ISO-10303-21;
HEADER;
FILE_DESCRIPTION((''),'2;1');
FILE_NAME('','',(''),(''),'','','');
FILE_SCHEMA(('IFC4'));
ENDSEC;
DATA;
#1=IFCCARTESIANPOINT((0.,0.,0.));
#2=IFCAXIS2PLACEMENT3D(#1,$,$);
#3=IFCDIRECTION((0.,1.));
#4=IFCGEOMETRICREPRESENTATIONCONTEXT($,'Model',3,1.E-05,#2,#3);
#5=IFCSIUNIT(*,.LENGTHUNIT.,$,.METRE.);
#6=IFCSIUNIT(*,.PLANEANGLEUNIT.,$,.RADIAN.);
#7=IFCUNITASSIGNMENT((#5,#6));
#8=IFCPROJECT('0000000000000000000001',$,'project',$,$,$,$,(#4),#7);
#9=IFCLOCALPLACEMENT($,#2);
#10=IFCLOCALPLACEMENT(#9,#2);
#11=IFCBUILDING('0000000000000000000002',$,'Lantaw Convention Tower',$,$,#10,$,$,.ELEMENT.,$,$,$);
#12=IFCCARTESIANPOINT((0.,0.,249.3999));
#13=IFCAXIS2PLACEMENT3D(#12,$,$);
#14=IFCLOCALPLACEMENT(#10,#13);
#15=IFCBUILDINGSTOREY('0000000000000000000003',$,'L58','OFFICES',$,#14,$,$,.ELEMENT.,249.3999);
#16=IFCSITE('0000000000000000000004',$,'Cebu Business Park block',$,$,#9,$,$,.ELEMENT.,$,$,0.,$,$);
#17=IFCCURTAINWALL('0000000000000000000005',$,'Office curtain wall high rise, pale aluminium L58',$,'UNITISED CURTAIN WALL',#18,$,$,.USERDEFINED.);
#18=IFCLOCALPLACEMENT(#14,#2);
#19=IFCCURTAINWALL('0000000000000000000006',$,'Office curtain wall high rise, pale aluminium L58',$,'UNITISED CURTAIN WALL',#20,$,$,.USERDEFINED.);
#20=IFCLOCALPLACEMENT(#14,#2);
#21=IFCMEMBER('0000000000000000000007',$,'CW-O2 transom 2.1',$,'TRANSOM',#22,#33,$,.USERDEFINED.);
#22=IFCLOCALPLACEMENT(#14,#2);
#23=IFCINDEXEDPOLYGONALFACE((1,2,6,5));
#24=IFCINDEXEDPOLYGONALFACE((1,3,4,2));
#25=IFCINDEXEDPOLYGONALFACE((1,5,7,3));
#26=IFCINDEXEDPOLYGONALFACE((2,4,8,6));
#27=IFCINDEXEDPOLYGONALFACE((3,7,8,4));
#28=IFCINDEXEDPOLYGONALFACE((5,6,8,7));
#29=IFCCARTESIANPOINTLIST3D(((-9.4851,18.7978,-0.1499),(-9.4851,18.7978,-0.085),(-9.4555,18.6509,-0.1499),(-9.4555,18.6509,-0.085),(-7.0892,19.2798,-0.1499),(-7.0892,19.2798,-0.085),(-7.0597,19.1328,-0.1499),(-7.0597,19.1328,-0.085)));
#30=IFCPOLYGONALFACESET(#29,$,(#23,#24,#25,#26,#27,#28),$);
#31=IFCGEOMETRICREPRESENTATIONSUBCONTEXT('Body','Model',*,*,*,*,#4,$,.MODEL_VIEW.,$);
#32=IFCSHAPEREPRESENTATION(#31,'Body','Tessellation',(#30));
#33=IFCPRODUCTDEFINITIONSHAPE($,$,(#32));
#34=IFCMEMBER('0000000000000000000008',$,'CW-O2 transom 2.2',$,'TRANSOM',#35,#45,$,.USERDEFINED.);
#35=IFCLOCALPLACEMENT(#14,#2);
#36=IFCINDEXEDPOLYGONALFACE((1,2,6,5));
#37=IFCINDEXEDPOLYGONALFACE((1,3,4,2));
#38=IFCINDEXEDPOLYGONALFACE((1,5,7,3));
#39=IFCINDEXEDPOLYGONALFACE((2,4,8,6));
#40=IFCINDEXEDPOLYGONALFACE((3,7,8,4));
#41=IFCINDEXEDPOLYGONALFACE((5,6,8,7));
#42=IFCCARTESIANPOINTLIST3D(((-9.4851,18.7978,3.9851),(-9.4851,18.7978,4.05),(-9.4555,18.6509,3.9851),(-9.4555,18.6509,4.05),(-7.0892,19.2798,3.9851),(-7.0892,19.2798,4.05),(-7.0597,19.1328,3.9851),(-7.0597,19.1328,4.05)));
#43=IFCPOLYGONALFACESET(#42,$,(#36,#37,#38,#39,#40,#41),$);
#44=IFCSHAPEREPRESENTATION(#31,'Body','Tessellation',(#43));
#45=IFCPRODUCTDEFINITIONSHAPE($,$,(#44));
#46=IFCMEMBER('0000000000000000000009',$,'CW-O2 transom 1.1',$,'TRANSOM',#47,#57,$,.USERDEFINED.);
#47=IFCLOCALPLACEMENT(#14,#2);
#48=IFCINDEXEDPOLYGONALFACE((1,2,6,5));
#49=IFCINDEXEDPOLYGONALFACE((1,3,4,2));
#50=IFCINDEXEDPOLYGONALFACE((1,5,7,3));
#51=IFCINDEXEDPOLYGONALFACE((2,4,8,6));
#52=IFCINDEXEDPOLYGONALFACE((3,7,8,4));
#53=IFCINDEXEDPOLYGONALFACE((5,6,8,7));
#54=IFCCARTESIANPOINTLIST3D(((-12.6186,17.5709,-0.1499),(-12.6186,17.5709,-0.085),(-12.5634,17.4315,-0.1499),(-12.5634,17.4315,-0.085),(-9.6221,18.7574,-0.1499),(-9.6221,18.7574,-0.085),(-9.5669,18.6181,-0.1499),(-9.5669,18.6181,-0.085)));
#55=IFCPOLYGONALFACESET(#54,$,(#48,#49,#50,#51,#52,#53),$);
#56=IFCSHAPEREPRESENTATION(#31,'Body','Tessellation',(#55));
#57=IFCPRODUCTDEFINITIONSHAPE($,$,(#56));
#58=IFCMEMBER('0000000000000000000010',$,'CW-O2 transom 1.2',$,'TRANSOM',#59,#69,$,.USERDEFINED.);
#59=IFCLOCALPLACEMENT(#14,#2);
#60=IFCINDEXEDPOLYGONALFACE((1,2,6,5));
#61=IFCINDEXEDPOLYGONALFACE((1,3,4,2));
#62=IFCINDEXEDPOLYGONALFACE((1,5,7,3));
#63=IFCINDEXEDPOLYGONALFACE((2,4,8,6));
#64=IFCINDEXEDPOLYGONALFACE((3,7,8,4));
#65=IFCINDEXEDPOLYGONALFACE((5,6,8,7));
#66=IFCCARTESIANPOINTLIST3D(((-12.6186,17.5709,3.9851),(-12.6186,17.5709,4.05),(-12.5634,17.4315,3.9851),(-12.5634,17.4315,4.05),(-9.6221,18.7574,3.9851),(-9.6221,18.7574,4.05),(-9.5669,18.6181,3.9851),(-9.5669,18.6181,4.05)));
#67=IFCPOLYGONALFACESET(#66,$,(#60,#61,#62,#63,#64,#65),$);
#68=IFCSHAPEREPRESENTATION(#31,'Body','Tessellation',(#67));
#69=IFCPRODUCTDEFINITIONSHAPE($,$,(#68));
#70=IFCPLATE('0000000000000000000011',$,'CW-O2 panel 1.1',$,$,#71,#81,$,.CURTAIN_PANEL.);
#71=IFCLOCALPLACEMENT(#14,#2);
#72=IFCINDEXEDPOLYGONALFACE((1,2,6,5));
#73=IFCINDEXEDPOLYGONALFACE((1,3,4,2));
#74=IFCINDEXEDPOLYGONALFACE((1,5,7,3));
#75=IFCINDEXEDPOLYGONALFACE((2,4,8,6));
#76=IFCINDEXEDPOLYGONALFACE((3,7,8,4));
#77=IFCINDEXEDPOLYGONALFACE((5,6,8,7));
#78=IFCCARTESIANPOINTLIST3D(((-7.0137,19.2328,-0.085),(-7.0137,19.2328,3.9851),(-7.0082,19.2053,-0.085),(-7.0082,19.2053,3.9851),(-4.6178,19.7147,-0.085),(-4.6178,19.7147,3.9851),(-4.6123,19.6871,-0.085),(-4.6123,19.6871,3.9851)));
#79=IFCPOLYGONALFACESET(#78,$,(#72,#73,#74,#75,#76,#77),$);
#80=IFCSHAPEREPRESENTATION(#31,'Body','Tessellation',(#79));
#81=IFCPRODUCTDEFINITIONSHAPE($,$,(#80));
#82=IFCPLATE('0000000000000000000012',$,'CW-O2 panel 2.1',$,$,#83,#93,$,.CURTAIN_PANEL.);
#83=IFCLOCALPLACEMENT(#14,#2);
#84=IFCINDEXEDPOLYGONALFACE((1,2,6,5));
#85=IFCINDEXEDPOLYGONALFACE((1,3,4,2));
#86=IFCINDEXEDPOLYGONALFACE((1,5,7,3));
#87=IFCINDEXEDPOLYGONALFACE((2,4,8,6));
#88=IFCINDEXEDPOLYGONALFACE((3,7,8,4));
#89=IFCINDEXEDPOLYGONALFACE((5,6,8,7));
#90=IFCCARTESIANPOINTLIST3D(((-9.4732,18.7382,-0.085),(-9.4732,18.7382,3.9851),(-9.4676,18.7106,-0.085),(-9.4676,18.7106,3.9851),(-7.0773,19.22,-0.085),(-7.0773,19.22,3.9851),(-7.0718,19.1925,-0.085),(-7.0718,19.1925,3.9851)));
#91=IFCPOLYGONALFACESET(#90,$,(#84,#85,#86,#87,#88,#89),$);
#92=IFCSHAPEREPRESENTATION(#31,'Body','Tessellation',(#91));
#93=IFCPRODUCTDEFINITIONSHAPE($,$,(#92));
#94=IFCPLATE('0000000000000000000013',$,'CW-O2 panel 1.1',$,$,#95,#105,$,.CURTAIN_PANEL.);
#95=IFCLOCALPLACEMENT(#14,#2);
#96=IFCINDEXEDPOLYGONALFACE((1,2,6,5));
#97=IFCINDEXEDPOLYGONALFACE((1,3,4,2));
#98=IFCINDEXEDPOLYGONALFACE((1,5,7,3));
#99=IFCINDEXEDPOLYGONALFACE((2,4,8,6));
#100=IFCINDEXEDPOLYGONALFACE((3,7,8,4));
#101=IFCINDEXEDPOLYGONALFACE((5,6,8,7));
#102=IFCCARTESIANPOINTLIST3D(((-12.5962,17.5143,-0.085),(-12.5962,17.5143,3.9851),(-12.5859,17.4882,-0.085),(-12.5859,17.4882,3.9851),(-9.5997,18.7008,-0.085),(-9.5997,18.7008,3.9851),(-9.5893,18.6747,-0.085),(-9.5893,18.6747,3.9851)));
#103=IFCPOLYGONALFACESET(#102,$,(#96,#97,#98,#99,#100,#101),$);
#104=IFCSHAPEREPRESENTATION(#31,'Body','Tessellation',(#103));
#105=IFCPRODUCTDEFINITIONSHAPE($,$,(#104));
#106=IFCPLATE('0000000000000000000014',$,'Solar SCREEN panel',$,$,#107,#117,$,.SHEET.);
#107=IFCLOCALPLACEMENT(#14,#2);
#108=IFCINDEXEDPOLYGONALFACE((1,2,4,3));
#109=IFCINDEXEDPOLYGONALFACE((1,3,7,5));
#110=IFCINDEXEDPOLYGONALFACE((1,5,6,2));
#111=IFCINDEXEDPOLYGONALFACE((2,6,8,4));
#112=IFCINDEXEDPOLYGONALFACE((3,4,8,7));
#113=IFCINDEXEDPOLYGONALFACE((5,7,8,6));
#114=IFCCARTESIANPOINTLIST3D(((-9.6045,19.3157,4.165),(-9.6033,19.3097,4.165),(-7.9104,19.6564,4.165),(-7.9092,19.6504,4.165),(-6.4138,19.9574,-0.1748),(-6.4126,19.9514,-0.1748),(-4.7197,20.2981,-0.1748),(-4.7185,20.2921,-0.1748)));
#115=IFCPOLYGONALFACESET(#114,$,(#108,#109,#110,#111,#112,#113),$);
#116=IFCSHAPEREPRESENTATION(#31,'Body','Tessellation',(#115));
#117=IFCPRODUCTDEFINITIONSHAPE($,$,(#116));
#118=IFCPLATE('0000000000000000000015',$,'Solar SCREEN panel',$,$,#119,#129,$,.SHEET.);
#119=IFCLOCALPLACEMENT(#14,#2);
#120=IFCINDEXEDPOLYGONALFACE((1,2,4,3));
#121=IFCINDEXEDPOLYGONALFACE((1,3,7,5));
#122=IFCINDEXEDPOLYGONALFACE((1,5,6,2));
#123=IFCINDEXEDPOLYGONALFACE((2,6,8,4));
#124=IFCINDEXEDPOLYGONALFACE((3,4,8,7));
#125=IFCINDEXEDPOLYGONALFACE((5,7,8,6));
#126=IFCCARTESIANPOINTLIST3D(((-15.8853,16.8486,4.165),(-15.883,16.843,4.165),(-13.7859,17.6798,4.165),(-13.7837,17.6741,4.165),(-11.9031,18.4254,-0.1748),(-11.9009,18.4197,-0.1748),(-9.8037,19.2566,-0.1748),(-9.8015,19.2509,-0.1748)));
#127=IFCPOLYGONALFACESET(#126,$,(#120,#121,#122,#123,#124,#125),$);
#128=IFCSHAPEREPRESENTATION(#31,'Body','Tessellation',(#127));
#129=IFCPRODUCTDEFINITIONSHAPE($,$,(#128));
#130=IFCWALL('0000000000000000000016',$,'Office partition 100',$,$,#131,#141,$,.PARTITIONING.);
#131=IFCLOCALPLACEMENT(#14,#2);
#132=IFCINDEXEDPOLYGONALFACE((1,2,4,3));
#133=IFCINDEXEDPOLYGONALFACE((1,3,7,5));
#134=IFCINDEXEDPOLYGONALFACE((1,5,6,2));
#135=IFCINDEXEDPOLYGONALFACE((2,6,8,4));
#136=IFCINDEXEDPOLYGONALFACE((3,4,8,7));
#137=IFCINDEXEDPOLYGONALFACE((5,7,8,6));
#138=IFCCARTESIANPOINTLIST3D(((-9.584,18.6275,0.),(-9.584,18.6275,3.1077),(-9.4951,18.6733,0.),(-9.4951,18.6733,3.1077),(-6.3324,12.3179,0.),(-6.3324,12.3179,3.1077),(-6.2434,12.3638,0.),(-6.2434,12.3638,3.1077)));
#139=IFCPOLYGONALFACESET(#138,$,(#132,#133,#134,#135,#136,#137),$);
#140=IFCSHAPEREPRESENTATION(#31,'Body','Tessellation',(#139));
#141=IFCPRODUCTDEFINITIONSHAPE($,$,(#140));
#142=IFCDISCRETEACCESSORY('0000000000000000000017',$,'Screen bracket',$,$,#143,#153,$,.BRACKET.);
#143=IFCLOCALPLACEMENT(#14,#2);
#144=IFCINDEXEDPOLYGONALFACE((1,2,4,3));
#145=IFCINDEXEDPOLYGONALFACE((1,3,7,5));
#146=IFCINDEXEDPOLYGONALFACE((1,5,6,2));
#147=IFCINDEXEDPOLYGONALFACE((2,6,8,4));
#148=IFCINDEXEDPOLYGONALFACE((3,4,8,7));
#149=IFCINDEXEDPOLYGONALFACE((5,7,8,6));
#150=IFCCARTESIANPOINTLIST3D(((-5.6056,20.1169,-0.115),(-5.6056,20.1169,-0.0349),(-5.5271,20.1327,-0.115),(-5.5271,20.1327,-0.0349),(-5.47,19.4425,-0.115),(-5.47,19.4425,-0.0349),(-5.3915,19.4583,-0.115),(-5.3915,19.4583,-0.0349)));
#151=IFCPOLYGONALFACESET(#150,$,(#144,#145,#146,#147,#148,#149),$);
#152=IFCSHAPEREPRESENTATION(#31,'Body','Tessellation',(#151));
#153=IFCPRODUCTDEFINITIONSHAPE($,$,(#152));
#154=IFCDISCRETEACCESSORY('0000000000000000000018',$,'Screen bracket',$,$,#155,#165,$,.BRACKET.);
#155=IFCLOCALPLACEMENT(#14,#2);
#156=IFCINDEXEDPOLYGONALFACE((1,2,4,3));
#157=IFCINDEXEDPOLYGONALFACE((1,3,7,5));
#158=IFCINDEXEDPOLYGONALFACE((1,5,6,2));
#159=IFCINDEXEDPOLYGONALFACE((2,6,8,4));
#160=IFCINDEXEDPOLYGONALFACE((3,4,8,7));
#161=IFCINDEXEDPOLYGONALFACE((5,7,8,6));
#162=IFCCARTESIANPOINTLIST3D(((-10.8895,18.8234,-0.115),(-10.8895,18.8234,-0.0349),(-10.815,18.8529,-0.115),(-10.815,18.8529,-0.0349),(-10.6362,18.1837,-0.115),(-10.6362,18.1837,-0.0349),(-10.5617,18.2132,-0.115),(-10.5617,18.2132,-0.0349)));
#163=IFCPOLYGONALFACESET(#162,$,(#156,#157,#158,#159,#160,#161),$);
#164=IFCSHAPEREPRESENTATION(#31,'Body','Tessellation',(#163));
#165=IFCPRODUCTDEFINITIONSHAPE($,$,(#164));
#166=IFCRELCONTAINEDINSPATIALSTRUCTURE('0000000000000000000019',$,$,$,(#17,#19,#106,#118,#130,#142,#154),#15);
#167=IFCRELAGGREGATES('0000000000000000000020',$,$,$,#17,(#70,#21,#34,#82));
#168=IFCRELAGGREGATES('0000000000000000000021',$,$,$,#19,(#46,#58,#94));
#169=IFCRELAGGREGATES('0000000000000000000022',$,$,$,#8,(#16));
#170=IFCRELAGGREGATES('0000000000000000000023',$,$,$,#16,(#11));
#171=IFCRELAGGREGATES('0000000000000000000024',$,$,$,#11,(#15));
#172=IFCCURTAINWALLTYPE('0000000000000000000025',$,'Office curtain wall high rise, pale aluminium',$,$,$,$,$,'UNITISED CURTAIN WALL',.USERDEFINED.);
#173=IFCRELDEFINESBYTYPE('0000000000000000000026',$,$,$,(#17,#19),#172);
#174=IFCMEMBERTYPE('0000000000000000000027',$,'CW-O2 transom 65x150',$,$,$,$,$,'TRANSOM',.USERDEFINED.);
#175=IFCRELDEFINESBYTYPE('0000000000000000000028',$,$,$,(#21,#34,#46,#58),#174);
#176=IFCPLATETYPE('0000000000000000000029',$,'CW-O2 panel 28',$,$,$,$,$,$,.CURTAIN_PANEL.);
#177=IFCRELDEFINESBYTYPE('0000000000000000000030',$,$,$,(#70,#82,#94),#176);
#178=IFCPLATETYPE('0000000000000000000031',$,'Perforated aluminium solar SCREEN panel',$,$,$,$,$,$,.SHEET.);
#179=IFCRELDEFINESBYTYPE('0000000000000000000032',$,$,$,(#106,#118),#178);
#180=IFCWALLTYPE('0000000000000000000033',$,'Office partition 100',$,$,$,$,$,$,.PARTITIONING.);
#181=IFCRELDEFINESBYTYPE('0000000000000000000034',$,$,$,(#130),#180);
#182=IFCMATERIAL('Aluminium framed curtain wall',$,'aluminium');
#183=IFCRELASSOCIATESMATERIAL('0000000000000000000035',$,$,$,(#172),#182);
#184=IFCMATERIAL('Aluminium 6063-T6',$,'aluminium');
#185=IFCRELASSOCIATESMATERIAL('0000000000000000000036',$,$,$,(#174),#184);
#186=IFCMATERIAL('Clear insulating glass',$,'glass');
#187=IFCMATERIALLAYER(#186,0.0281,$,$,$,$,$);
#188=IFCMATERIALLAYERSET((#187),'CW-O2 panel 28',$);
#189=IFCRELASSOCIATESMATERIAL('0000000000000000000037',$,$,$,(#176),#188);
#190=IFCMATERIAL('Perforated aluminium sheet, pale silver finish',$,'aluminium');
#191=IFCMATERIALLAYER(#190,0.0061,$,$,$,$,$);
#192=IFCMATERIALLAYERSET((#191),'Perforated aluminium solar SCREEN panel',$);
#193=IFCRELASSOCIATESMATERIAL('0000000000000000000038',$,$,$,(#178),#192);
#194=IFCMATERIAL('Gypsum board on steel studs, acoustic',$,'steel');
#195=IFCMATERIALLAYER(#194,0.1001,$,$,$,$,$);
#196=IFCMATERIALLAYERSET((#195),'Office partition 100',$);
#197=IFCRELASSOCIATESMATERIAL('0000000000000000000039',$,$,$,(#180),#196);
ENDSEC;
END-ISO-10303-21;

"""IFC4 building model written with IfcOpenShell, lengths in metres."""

from ifc_helpers import new_model, si_unit, direction, frame, frame_2d, origin, origin_2d, place, context, subcontext, project, spatial, polyline, rectangle, outline, extrude, material, layer, layer_set, material_profile, profile_set, type_object, element, aggregate, save


model = new_model("IFC4")

# Units and contexts
model_context = context("Model", 3, precision=1e-05, world=origin(), true_north=direction((0.0, 1.0)))
body_context = subcontext(model_context, "Body", "Model", "MODEL_VIEW")
ifc_project = project(units=[si_unit("LENGTHUNIT", "METRE"), si_unit("PLANEANGLEUNIT", "RADIAN")], contexts=[model_context])

# Site, building, storey
site_placement = place(None, origin())
site = spatial("IfcSite", under=ifc_project, at=site_placement, Name="Cebu Business Park block", CompositionType="ELEMENT", RefElevation=0.0)
building_placement = place(site_placement, origin())
building = spatial("IfcBuilding", under=site, at=building_placement, Name="Lantaw Convention Tower", CompositionType="ELEMENT")
storey_placement = place(building_placement, frame((0.0, 0.0, 249.3999)))
storey = spatial("IfcBuildingStorey", under=building, at=storey_placement, Name="L58", Description="OFFICES", CompositionType="ELEMENT", Elevation=249.3999)

# Curtain wall
ifc_material_1 = material(Name="Aluminium framed curtain wall", Category="aluminium")
curtain_wall_type = type_object("IfcCurtainWallType", Name="Office curtain wall high rise, pale aluminium", ElementType="UNITISED CURTAIN WALL", PredefinedType="USERDEFINED", material=ifc_material_1)
curtain_wall_1_placement = place(storey_placement, origin())
curtain_wall_1 = element("IfcCurtainWall", 1, at=curtain_wall_1_placement, inside=storey, type_object=curtain_wall_type, Name="Office curtain wall high rise, pale aluminium L58", ObjectType="UNITISED CURTAIN WALL", PredefinedType="USERDEFINED")
ifc_material_2 = material(Name="Aluminium 6063-T6", Category="aluminium")

# Curtain wall
curtain_wall_2_placement = place(storey_placement, origin())
curtain_wall_2 = element("IfcCurtainWall", 2, at=curtain_wall_2_placement, inside=storey, type_object=curtain_wall_type, Name="Office curtain wall high rise, pale aluminium L58", ObjectType="UNITISED CURTAIN WALL", PredefinedType="USERDEFINED")

# Members
ifc_material_profile_1 = material_profile(ifc_material_2, rectangle(XDim=0.1499, YDim=0.0649, at=origin_2d()), Name="CW-O2 transom 65x150")
ifc_profile_set_1 = profile_set([ifc_material_profile_1], Name="Aluminium 6063-T6")
member_type_1 = type_object("IfcMemberType", Name="CW-O2 transom 65x150", ElementType="TRANSOM", PredefinedType="USERDEFINED", material=ifc_profile_set_1)
member_1_placement = place(storey_placement, frame((-7.0745, 19.2063, -0.1174), z_axis=(-0.980361, -0.197211, 0.0), x_axis=(0.197211, -0.980361, 0.0)))
member_1 = element("IfcMember", 3, at=member_1_placement, type_object=member_type_1, Name="CW-O2 transom 2.1", ObjectType="TRANSOM", PredefinedType="USERDEFINED", context=body_context, shape_type="SweptSolid", body=[
    extrude(rectangle(XDim=0.1499, YDim=0.0649, at=origin_2d()), origin(), (0.0, 0.0, 1.0), 2.4438),
])
member_2_placement = place(storey_placement, frame((-7.0745, 19.2063, 4.0176), z_axis=(-0.980361, -0.197211, 0.0), x_axis=(0.197211, -0.980361, 0.0)))
member_2 = element("IfcMember", 4, at=member_2_placement, type_object=member_type_1, Name="CW-O2 transom 2.2", ObjectType="TRANSOM", PredefinedType="USERDEFINED", context=body_context, shape_type="SweptSolid", body=[
    extrude(rectangle(XDim=0.1499, YDim=0.0649, at=origin_2d()), origin(), (0.0, 0.0, 1.0), 2.4438),
])
member_3_placement = place(storey_placement, frame((-9.5945, 18.6877, -0.1174), z_axis=(-0.929767, -0.368149, 0.0), x_axis=(0.368149, -0.929767, 0.0)))
member_3 = element("IfcMember", 5, at=member_3_placement, type_object=member_type_1, Name="CW-O2 transom 1.1", ObjectType="TRANSOM", PredefinedType="USERDEFINED", context=body_context, shape_type="SweptSolid", body=[
    extrude(rectangle(XDim=0.1499, YDim=0.0649, at=origin_2d()), origin(), (0.0, 0.0, 1.0), 3.2229),
])
member_4_placement = place(storey_placement, frame((-9.5945, 18.6877, 4.0176), z_axis=(-0.929767, -0.368149, 0.0), x_axis=(0.368149, -0.929767, 0.0)))
member_4 = element("IfcMember", 6, at=member_4_placement, type_object=member_type_1, Name="CW-O2 transom 1.2", ObjectType="TRANSOM", PredefinedType="USERDEFINED", context=body_context, shape_type="SweptSolid", body=[
    extrude(rectangle(XDim=0.1499, YDim=0.0649, at=origin_2d()), origin(), (0.0, 0.0, 1.0), 3.2229),
])

# Plates
ifc_material_3 = material(Name="Clear insulating glass", Category="glass")
ifc_layer_1 = layer(ifc_material_3, 0.0281)
ifc_layer_set_1 = layer_set([ifc_layer_1], Name="CW-O2 panel 28")
plate_type_1 = type_object("IfcPlateType", Name="CW-O2 panel 28", PredefinedType="CURTAIN_PANEL", material=ifc_layer_set_1)
plate_1_placement = place(storey_placement, frame((-5.813, 19.46, -0.085), z_axis=(0.0, 0.0, 1.0), x_axis=(-0.980367, -0.197183, 0.0)))
plate_1 = element("IfcPlate", 7, at=plate_1_placement, type_object=plate_type_1, Name="CW-O2 panel 1.1", PredefinedType="CURTAIN_PANEL", context=body_context, shape_type="SweptSolid", body=[
    extrude(rectangle(XDim=2.4438, YDim=0.0281, at=origin_2d()), origin(), (0.0, 0.0, 1.0), 4.0701),
])
plate_2_placement = place(storey_placement, frame((-8.2725, 18.9653, -0.085), z_axis=(0.0, 0.0, 1.0), x_axis=(-0.980367, -0.197183, 0.0)))
plate_2 = element("IfcPlate", 8, at=plate_2_placement, type_object=plate_type_1, Name="CW-O2 panel 2.1", PredefinedType="CURTAIN_PANEL", context=body_context, shape_type="SweptSolid", body=[
    extrude(rectangle(XDim=2.4438, YDim=0.0281, at=origin_2d()), origin(), (0.0, 0.0, 1.0), 4.0701),
])
aggregate(curtain_wall_1, [plate_1, member_1, member_2, plate_2])
plate_3_placement = place(storey_placement, frame((-11.0928, 18.0945, -0.085), z_axis=(0.0, 0.0, 1.0), x_axis=(-0.929762, -0.368162, 0.0)))
plate_3 = element("IfcPlate", 9, at=plate_3_placement, type_object=plate_type_1, Name="CW-O2 panel 1.1", PredefinedType="CURTAIN_PANEL", context=body_context, shape_type="SweptSolid", body=[
    extrude(rectangle(XDim=3.2229, YDim=0.0281, at=origin_2d()), origin(), (0.0, 0.0, 1.0), 4.0701),
])
aggregate(curtain_wall_2, [member_3, member_4, plate_3])

# Plates
ifc_material_4 = material(Name="Perforated aluminium sheet, pale silver finish", Category="aluminium")
ifc_layer_2 = layer(ifc_material_4, 0.0061)
ifc_layer_set_2 = layer_set([ifc_layer_2], Name="Perforated aluminium solar SCREEN panel")
plate_type_2 = type_object("IfcPlateType", Name="Perforated aluminium solar SCREEN panel", PredefinedType="SHEET", material=ifc_layer_set_2)
plate_4_placement = place(storey_placement, frame((-4.7197, 20.2981, -0.1748), z_axis=(-0.197162, 0.980371, 0.000011), x_axis=(-0.980371, -0.197162, 0.0)))
element("IfcPlate", 10, at=plate_4_placement, inside=storey, type_object=plate_type_2, Name="Solar SCREEN panel", PredefinedType="SHEET", context=body_context, shape_type="SweptSolid", body=[
    extrude(outline(polyline([(0.0, 0.0), (1.728, 0.0), (4.9826, 4.3398), (3.2546, 4.3398), (0.0, 0.0)])), origin(), (0.0, 0.0, -1.0), 0.0061),
])
plate_5_placement = place(storey_placement, frame((-9.8037, 19.2566, -0.1748), z_axis=(-0.368117, 0.92978, 0.000036), x_axis=(-0.92978, -0.368117, 0.0)))
element("IfcPlate", 11, at=plate_5_placement, inside=storey, type_object=plate_type_2, Name="Solar SCREEN panel", PredefinedType="SHEET", context=body_context, shape_type="SweptSolid", body=[
    extrude(outline(polyline([(0.0, 0.0), (2.258, 0.0), (6.5409, 4.3398), (4.283, 4.3398), (0.0, 0.0)])), origin(), (0.0, 0.0, -1.0), 0.0061),
])

# Wall
ifc_material_5 = material(Name="Gypsum board on steel studs, acoustic", Category="steel")
ifc_layer_3 = layer(ifc_material_5, 0.1001)
ifc_layer_set_3 = layer_set([ifc_layer_3], Name="Office partition 100")
wall_type = type_object("IfcWallType", Name="Office partition 100", PredefinedType="PARTITIONING", material=ifc_layer_set_3)
wall_placement = place(storey_placement, frame((-9.5396, 18.6504, 0.0), z_axis=(0.0, 0.0, 1.0), x_axis=(0.458104, -0.888899, 0.0)))
element("IfcWall", 12, at=wall_placement, inside=storey, type_object=wall_type, Name="Office partition 100", PredefinedType="PARTITIONING", context=body_context, shape_type="SweptSolid", body=[
    extrude(rectangle(XDim=7.0981, YDim=0.1001, at=frame_2d((3.5491, 0.0))), origin(), (0.0, 0.0, 1.0), 3.1077),
])

# Discrete accessories
for number, where, z_axis, x_axis, name in (
    (13, (-5.4985, 19.7876, -0.115), (0.0, 0.0, 1.0), (-0.980367, -0.197183, 0.0), "Screen bracket"),
    (14, (-10.7256, 18.5183, -0.115), (0.0, 0.0, 1.0), (-0.929762, -0.368162, 0.0), "Screen bracket"),
):
    element("IfcDiscreteAccessory", number, at=place(storey_placement, frame(where, z_axis=z_axis, x_axis=x_axis)), inside=storey, Name=name, PredefinedType="BRACKET", context=body_context, shape_type="SweptSolid", body=[
        extrude(rectangle(XDim=0.0801, YDim=0.688, at=origin_2d()), origin(), (0.0, 0.0, 1.0), 0.0801),
    ])

save(model, "model.ifc")
